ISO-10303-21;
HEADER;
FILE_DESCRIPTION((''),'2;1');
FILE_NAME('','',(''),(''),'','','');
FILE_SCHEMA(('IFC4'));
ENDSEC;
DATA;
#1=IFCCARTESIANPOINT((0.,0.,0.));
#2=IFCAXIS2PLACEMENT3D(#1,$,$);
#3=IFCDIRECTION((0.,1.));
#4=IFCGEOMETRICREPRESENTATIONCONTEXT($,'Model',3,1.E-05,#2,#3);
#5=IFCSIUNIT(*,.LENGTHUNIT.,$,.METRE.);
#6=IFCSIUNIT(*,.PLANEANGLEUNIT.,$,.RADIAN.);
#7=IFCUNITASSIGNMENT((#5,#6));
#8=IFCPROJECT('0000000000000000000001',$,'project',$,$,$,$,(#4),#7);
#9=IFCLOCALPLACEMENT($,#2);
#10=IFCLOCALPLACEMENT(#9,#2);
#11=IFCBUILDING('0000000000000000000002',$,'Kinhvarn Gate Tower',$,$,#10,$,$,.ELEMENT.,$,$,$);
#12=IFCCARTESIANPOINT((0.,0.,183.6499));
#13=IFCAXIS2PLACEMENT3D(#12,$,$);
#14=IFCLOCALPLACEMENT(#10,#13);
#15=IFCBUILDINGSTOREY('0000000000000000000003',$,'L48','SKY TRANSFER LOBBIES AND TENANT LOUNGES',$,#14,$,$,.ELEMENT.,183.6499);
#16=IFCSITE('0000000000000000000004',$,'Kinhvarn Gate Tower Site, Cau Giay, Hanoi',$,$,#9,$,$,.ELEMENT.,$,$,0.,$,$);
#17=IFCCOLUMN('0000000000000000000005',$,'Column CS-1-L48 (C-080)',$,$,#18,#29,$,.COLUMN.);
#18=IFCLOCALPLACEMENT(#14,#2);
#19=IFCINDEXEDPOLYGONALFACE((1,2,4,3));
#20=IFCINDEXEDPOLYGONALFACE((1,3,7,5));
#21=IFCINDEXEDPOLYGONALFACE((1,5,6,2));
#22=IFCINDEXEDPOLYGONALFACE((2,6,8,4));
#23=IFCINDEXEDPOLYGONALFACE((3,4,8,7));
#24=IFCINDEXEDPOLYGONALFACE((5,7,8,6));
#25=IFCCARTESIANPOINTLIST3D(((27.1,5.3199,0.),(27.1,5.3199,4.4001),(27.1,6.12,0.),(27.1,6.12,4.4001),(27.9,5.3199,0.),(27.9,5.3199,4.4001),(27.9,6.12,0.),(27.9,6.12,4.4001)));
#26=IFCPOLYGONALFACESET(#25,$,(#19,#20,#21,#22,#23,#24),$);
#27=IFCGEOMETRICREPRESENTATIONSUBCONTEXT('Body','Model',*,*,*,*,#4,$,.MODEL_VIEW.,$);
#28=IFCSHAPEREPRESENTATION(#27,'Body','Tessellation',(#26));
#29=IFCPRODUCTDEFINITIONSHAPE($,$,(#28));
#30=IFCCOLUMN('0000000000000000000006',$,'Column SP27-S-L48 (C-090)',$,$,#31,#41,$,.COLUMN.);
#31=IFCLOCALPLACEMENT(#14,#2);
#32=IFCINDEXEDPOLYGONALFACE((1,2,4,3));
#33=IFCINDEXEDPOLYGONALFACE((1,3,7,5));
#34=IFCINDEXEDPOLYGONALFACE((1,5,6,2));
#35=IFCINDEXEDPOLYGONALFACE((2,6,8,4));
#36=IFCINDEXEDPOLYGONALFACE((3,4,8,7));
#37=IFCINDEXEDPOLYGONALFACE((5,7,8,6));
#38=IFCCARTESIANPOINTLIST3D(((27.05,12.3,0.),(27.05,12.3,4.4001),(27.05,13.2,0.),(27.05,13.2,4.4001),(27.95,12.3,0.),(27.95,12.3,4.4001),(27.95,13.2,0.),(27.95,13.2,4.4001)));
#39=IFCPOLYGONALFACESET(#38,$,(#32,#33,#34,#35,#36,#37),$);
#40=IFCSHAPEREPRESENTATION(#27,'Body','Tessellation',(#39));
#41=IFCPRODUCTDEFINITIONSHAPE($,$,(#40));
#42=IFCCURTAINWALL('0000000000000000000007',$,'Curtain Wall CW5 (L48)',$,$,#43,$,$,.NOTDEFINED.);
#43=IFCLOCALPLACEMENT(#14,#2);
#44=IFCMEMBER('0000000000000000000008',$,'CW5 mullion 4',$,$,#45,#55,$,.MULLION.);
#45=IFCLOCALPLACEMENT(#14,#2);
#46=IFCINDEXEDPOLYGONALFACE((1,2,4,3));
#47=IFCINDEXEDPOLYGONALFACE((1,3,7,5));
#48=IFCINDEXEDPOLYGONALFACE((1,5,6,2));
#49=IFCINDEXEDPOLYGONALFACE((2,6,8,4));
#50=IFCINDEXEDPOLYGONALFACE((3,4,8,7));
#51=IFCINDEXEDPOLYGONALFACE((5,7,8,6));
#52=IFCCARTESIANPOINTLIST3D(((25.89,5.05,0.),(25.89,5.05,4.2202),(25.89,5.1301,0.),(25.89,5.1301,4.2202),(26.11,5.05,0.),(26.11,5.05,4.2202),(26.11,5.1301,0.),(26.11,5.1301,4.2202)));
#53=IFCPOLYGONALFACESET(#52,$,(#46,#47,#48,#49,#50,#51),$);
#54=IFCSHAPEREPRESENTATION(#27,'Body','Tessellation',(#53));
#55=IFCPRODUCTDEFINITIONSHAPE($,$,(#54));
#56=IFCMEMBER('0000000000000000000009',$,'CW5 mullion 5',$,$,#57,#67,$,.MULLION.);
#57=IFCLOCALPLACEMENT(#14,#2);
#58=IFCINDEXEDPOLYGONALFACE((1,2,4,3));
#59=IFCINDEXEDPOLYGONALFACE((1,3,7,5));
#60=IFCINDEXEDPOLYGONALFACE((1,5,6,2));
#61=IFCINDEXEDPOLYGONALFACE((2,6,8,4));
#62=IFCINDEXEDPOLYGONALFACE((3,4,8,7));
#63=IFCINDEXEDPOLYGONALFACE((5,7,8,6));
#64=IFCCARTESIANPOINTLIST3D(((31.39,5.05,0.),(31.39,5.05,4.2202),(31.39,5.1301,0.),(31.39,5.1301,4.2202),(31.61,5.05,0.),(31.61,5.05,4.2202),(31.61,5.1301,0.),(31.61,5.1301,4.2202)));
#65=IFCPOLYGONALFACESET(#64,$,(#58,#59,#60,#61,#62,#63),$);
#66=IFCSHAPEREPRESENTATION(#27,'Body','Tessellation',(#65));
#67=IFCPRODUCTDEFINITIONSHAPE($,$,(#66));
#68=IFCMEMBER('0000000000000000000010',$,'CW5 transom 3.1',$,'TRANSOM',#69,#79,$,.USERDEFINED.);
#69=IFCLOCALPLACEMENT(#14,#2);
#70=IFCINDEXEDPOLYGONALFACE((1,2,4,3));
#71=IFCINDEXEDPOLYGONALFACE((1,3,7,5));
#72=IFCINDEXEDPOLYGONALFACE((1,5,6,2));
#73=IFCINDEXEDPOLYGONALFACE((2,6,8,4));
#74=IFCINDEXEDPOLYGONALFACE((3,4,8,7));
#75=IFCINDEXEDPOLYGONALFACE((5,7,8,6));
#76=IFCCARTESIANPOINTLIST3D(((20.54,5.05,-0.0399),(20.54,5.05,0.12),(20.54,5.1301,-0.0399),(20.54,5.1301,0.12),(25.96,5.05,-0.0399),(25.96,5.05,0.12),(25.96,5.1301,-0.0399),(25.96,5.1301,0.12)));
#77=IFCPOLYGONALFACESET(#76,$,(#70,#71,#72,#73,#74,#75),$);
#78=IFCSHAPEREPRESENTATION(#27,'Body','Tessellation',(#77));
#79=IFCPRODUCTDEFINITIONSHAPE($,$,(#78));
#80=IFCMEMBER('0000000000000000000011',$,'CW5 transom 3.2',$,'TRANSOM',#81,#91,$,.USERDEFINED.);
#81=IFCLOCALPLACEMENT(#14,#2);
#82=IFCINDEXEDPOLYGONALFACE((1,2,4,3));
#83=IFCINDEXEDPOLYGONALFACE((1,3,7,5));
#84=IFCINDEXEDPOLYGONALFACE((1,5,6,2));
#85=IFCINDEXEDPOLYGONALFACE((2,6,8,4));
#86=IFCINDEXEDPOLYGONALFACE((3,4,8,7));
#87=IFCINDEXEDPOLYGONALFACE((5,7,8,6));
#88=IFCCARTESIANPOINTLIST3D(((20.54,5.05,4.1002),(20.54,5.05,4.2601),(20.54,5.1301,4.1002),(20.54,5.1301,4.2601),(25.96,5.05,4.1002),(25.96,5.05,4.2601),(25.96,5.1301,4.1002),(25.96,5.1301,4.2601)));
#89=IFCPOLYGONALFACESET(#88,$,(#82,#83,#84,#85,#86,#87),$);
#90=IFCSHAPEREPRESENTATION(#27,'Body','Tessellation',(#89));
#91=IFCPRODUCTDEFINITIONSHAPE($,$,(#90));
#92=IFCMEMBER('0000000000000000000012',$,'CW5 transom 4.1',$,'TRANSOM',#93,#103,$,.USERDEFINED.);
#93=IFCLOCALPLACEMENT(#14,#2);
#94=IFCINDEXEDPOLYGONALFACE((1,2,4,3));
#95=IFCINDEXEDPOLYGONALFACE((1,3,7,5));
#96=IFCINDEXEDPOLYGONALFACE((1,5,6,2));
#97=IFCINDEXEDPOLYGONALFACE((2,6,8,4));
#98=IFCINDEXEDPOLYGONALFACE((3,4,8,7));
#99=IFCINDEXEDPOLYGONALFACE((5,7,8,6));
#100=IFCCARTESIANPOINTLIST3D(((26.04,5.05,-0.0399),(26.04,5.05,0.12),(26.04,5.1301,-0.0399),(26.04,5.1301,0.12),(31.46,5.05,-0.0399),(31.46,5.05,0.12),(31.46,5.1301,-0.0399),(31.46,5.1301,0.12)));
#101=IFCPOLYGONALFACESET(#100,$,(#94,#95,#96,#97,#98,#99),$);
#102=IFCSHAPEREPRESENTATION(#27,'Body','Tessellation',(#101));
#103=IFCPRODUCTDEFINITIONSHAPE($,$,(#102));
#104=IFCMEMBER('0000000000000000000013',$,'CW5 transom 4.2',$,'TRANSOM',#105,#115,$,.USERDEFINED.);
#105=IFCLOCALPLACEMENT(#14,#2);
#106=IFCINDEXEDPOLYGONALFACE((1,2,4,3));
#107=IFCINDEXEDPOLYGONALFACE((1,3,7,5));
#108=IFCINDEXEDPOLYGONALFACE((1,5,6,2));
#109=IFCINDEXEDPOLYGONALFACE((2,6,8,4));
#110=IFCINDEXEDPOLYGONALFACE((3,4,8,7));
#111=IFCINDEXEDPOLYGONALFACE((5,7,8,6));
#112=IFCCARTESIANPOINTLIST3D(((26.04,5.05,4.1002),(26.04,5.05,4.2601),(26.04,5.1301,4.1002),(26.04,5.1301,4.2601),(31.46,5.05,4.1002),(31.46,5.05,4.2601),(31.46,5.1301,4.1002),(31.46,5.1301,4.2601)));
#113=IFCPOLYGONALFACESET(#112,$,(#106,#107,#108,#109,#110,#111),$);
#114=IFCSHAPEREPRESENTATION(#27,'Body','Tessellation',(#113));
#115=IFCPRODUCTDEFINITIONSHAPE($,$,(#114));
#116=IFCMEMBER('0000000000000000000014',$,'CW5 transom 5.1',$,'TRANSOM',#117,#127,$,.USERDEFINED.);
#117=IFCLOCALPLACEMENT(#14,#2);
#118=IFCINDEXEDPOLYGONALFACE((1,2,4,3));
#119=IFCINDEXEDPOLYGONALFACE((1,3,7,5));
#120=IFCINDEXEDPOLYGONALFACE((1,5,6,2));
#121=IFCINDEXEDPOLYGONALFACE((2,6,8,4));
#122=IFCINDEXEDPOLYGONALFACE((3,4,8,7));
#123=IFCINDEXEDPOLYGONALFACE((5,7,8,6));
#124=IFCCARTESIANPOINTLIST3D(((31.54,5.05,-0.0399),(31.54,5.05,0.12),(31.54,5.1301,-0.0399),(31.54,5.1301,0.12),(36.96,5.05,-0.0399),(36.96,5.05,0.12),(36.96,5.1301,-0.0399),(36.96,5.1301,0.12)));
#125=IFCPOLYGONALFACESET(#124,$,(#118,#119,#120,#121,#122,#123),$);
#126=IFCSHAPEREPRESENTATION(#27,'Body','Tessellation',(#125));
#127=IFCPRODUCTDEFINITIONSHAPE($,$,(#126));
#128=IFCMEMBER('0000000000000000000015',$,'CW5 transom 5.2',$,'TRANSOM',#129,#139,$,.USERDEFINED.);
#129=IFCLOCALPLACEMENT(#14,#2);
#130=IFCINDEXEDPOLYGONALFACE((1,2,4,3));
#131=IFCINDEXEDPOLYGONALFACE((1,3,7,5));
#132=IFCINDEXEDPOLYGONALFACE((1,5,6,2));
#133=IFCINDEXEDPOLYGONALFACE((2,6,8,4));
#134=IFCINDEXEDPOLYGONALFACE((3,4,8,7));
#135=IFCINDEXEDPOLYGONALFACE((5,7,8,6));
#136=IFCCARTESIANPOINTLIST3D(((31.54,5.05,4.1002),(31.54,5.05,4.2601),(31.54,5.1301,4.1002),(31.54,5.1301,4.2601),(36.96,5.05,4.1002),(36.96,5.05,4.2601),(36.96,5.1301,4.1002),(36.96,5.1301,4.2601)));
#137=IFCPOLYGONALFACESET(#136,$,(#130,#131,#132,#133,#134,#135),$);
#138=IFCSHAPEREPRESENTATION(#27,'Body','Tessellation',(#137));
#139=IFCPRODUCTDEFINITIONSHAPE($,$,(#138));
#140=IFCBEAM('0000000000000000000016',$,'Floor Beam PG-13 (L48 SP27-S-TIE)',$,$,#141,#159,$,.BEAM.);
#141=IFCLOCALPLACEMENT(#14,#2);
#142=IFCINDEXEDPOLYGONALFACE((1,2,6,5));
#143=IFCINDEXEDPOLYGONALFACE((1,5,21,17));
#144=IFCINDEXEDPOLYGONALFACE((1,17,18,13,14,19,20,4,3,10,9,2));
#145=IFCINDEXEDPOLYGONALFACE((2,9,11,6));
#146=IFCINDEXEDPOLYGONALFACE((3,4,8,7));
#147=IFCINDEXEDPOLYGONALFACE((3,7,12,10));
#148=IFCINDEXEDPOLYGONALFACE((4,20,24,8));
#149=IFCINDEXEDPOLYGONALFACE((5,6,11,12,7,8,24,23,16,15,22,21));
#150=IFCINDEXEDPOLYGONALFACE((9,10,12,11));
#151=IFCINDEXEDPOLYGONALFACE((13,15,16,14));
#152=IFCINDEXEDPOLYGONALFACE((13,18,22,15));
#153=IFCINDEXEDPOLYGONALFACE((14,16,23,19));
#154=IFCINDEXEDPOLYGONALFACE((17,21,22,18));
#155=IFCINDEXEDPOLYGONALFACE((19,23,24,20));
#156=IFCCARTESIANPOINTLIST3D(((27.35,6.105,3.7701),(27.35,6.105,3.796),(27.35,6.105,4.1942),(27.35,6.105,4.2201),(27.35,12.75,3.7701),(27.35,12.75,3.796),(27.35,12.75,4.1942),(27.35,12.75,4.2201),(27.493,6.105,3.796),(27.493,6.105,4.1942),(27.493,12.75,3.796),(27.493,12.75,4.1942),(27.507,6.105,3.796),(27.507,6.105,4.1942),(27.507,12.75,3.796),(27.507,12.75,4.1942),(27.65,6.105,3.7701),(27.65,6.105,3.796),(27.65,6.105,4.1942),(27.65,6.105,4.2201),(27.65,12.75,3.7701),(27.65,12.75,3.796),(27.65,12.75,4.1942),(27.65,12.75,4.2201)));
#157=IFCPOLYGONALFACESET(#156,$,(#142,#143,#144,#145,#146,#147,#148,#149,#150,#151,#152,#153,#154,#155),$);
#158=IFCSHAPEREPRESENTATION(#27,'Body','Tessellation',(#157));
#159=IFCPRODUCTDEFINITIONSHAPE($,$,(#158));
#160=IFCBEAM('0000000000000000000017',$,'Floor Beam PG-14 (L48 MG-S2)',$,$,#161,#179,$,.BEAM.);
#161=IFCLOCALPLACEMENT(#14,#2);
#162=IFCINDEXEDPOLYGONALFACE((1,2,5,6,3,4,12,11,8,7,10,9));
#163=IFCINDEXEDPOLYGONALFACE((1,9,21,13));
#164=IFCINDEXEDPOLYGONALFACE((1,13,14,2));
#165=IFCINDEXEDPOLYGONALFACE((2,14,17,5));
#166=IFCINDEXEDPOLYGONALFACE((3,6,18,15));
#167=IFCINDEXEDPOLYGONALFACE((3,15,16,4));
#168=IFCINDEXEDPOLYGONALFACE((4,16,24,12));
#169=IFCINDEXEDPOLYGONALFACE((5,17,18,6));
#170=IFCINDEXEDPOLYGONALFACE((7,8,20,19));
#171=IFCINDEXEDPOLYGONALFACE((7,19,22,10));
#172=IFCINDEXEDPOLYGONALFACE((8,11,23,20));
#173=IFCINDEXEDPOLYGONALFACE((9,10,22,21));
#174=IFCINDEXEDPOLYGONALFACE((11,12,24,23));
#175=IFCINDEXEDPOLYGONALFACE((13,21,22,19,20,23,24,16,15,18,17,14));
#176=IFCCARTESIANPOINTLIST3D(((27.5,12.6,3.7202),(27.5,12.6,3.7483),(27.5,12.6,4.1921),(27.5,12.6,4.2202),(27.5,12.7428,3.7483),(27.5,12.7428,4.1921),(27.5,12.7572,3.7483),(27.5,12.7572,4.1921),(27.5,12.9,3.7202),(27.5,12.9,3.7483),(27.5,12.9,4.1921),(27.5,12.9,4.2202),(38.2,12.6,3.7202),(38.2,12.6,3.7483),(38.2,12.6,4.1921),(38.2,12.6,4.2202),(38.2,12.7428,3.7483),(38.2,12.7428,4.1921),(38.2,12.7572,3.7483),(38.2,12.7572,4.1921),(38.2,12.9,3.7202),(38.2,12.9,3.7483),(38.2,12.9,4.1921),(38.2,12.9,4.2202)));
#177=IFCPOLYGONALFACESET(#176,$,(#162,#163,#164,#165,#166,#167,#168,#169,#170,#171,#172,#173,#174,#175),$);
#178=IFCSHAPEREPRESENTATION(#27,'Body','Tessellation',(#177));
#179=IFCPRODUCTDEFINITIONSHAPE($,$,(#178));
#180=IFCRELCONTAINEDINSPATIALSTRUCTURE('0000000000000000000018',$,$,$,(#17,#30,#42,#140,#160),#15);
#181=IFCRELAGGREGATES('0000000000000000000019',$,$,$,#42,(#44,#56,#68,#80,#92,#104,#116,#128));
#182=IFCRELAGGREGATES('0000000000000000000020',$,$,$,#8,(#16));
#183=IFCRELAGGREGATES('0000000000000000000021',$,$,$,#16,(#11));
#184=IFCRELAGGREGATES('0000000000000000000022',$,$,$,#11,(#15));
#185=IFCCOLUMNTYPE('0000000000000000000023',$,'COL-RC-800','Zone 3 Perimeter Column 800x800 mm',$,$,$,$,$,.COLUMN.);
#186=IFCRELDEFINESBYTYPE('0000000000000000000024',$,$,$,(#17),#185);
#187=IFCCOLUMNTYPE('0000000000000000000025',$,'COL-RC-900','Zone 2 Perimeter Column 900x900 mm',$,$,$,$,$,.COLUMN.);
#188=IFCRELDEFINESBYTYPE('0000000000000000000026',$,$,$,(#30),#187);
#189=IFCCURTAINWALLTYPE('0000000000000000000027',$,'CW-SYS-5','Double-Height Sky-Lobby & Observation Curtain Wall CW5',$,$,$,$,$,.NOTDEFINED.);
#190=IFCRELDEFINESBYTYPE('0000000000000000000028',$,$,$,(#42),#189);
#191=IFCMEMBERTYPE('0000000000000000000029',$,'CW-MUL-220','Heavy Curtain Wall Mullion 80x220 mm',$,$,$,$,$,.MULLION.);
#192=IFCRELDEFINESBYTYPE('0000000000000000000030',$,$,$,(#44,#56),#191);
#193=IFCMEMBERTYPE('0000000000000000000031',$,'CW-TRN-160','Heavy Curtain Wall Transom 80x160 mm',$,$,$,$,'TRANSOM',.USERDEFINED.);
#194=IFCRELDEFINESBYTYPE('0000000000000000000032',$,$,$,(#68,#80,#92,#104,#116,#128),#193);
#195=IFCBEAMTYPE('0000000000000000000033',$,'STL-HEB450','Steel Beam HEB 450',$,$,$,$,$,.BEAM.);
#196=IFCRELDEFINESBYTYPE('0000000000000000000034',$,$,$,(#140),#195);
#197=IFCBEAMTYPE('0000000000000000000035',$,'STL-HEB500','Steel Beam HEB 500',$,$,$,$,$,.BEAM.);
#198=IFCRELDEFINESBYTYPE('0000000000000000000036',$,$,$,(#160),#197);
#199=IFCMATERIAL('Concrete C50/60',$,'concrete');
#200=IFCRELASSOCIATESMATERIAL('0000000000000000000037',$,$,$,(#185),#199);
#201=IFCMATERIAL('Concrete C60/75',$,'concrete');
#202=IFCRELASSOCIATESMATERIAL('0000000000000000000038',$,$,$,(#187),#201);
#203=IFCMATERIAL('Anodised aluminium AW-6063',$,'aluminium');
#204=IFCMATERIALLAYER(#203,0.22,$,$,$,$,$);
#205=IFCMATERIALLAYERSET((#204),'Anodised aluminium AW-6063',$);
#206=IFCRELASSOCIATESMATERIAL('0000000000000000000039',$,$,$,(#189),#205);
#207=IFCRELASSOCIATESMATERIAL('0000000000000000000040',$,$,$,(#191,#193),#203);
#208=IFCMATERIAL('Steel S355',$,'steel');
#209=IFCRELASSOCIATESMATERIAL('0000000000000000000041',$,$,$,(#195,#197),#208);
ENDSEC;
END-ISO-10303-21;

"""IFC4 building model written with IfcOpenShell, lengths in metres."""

from ifc_helpers import new_model, si_unit, direction, frame, origin, origin_2d, place, context, subcontext, project, spatial, rectangle, i_section, extrude, material, layer, layer_set, material_profile, profile_set, type_object, element, aggregate, save


model = new_model("IFC4")

# Units and contexts
model_context = context("Model", 3, precision=1e-05, world=origin(), true_north=direction((0.0, 1.0)))
body_context = subcontext(model_context, "Body", "Model", "MODEL_VIEW")
ifc_project = project(units=[si_unit("LENGTHUNIT", "METRE"), si_unit("PLANEANGLEUNIT", "RADIAN")], contexts=[model_context])

# Site, building, storey
site_placement = place(None, origin())
site = spatial("IfcSite", under=ifc_project, at=site_placement, Name="Kinhvarn Gate Tower Site, Cau Giay, Hanoi", CompositionType="ELEMENT", RefElevation=0.0)
building_placement = place(site_placement, origin())
building = spatial("IfcBuilding", under=site, at=building_placement, Name="Kinhvarn Gate Tower", CompositionType="ELEMENT")
storey_placement = place(building_placement, frame((0.0, 0.0, 183.6499)))
storey = spatial("IfcBuildingStorey", under=building, at=storey_placement, Name="L48", Description="SKY TRANSFER LOBBIES AND TENANT LOUNGES", CompositionType="ELEMENT", Elevation=183.6499)

# Columns
ifc_material_1 = material(Name="Concrete C50/60", Category="concrete")
ifc_material_profile_1 = material_profile(ifc_material_1, rectangle(XDim=0.8, YDim=0.8, at=origin_2d()), Name="RC 800x800")
ifc_profile_set_1 = profile_set([ifc_material_profile_1], Name="Concrete C50/60")
column_type_1 = type_object("IfcColumnType", Name="COL-RC-800", Description="Zone 3 Perimeter Column 800x800 mm", PredefinedType="COLUMN", material=ifc_profile_set_1)
column_1_placement = place(storey_placement, frame((27.5, 5.72, 0.0), z_axis=(0.0, 0.0, 1.0), x_axis=(1.0, 0.0, 0.0)))
element("IfcColumn", 1, at=column_1_placement, inside=storey, type_object=column_type_1, Name="Column CS-1-L48 (C-080)", PredefinedType="COLUMN", context=body_context, shape_type="SweptSolid", body=[
    extrude(rectangle(XDim=0.8, YDim=0.8, at=origin_2d()), origin(), (0.0, 0.0, 1.0), 4.4001),
])
ifc_material_2 = material(Name="Concrete C60/75", Category="concrete")
ifc_material_profile_2 = material_profile(ifc_material_2, rectangle(XDim=0.8999, YDim=0.8999, at=origin_2d()), Name="RC 900x900")
ifc_profile_set_2 = profile_set([ifc_material_profile_2], Name="Concrete C60/75")
column_type_2 = type_object("IfcColumnType", Name="COL-RC-900", Description="Zone 2 Perimeter Column 900x900 mm", PredefinedType="COLUMN", material=ifc_profile_set_2)
column_2_placement = place(storey_placement, frame((27.5, 12.75, 0.0), z_axis=(0.0, 0.0, 1.0), x_axis=(1.0, 0.0, 0.0)))
element("IfcColumn", 2, at=column_2_placement, inside=storey, type_object=column_type_2, Name="Column SP27-S-L48 (C-090)", PredefinedType="COLUMN", context=body_context, shape_type="SweptSolid", body=[
    extrude(rectangle(XDim=0.8999, YDim=0.8999, at=origin_2d()), origin(), (0.0, 0.0, 1.0), 4.4001),
])

# Curtain wall, members
ifc_material_3 = material(Name="Anodised aluminium AW-6063", Category="aluminium")
ifc_layer_1 = layer(ifc_material_3, 0.22)
ifc_layer_set_1 = layer_set([ifc_layer_1], Name="Anodised aluminium AW-6063")
curtain_wall_type = type_object("IfcCurtainWallType", Name="CW-SYS-5", Description="Double-Height Sky-Lobby & Observation Curtain Wall CW5", PredefinedType="NOTDEFINED", material=ifc_layer_set_1)
curtain_wall_placement = place(storey_placement, origin())
curtain_wall = element("IfcCurtainWall", 3, at=curtain_wall_placement, inside=storey, type_object=curtain_wall_type, Name="Curtain Wall CW5 (L48)", PredefinedType="NOTDEFINED")
ifc_material_profile_3 = material_profile(ifc_material_3, rectangle(XDim=0.0801, YDim=0.22, at=origin_2d()), Name="ALU 80x220")
ifc_profile_set_3 = profile_set([ifc_material_profile_3], Name="Anodised aluminium AW-6063")
member_type_1 = type_object("IfcMemberType", Name="CW-MUL-220", Description="Heavy Curtain Wall Mullion 80x220 mm", PredefinedType="MULLION", material=ifc_profile_set_3)
member_1_placement = place(storey_placement, frame((26.0, 5.0901, 0.0), z_axis=(0.0, 0.0, 1.0), x_axis=(0.0, 1.0, 0.0)))
member_1 = element("IfcMember", 4, at=member_1_placement, type_object=member_type_1, Name="CW5 mullion 4", PredefinedType="MULLION", context=body_context, shape_type="SweptSolid", body=[
    extrude(rectangle(XDim=0.0801, YDim=0.22, at=origin_2d()), origin(), (0.0, 0.0, 1.0), 4.2202),
])
member_2_placement = place(storey_placement, frame((31.5, 5.0901, 0.0), z_axis=(0.0, 0.0, 1.0), x_axis=(0.0, 1.0, 0.0)))
member_2 = element("IfcMember", 5, at=member_2_placement, type_object=member_type_1, Name="CW5 mullion 5", PredefinedType="MULLION", context=body_context, shape_type="SweptSolid", body=[
    extrude(rectangle(XDim=0.0801, YDim=0.22, at=origin_2d()), origin(), (0.0, 0.0, 1.0), 4.2202),
])
ifc_material_profile_4 = material_profile(ifc_material_3, rectangle(XDim=0.0801, YDim=0.1599, at=origin_2d()), Name="ALU 80x160")
ifc_profile_set_4 = profile_set([ifc_material_profile_4], Name="Anodised aluminium AW-6063")
member_type_2 = type_object("IfcMemberType", Name="CW-TRN-160", Description="Heavy Curtain Wall Transom 80x160 mm", ElementType="TRANSOM", PredefinedType="USERDEFINED", material=ifc_profile_set_4)
member_3_placement = place(storey_placement, frame((20.54, 5.0901, 0.04), z_axis=(1.0, 0.0, 0.0), x_axis=(0.0, 1.0, 0.0)))
member_3 = element("IfcMember", 6, at=member_3_placement, type_object=member_type_2, Name="CW5 transom 3.1", ObjectType="TRANSOM", PredefinedType="USERDEFINED", context=body_context, shape_type="SweptSolid", body=[
    extrude(rectangle(XDim=0.0801, YDim=0.1599, at=origin_2d()), origin(), (0.0, 0.0, 1.0), 5.4199),
])
member_4_placement = place(storey_placement, frame((20.54, 5.0901, 4.1802), z_axis=(1.0, 0.0, 0.0), x_axis=(0.0, 1.0, 0.0)))
member_4 = element("IfcMember", 7, at=member_4_placement, type_object=member_type_2, Name="CW5 transom 3.2", ObjectType="TRANSOM", PredefinedType="USERDEFINED", context=body_context, shape_type="SweptSolid", body=[
    extrude(rectangle(XDim=0.0801, YDim=0.1599, at=origin_2d()), origin(), (0.0, 0.0, 1.0), 5.4199),
])
member_5_placement = place(storey_placement, frame((26.04, 5.0901, 0.04), z_axis=(1.0, 0.0, 0.0), x_axis=(0.0, 1.0, 0.0)))
member_5 = element("IfcMember", 8, at=member_5_placement, type_object=member_type_2, Name="CW5 transom 4.1", ObjectType="TRANSOM", PredefinedType="USERDEFINED", context=body_context, shape_type="SweptSolid", body=[
    extrude(rectangle(XDim=0.0801, YDim=0.1599, at=origin_2d()), origin(), (0.0, 0.0, 1.0), 5.4199),
])
member_6_placement = place(storey_placement, frame((26.04, 5.0901, 4.1802), z_axis=(1.0, 0.0, 0.0), x_axis=(0.0, 1.0, 0.0)))
member_6 = element("IfcMember", 9, at=member_6_placement, type_object=member_type_2, Name="CW5 transom 4.2", ObjectType="TRANSOM", PredefinedType="USERDEFINED", context=body_context, shape_type="SweptSolid", body=[
    extrude(rectangle(XDim=0.0801, YDim=0.1599, at=origin_2d()), origin(), (0.0, 0.0, 1.0), 5.4199),
])
member_7_placement = place(storey_placement, frame((31.54, 5.0901, 0.04), z_axis=(1.0, 0.0, 0.0), x_axis=(0.0, 1.0, 0.0)))
member_7 = element("IfcMember", 10, at=member_7_placement, type_object=member_type_2, Name="CW5 transom 5.1", ObjectType="TRANSOM", PredefinedType="USERDEFINED", context=body_context, shape_type="SweptSolid", body=[
    extrude(rectangle(XDim=0.0801, YDim=0.1599, at=origin_2d()), origin(), (0.0, 0.0, 1.0), 5.4199),
])
member_8_placement = place(storey_placement, frame((31.54, 5.0901, 4.1802), z_axis=(1.0, 0.0, 0.0), x_axis=(0.0, 1.0, 0.0)))
member_8 = element("IfcMember", 11, at=member_8_placement, type_object=member_type_2, Name="CW5 transom 5.2", ObjectType="TRANSOM", PredefinedType="USERDEFINED", context=body_context, shape_type="SweptSolid", body=[
    extrude(rectangle(XDim=0.0801, YDim=0.1599, at=origin_2d()), origin(), (0.0, 0.0, 1.0), 5.4199),
])

# Beams
ifc_material_4 = material(Name="Steel S355", Category="steel")
ifc_material_profile_5 = material_profile(ifc_material_4, i_section(OverallWidth=0.3, OverallDepth=0.45, WebThickness=0.0139, FlangeThickness=0.0259, at=origin_2d()), Name="HEB 450")
ifc_profile_set_5 = profile_set([ifc_material_profile_5], Name="Steel S355")
beam_type_1 = type_object("IfcBeamType", Name="STL-HEB450", Description="Steel Beam HEB 450", PredefinedType="BEAM", material=ifc_profile_set_5)
beam_1_placement = place(storey_placement, frame((27.5, 6.105, 3.9951), z_axis=(0.0, 1.0, 0.0), x_axis=(-1.0, 0.0, 0.0)))
element("IfcBeam", 12, at=beam_1_placement, inside=storey, type_object=beam_type_1, Name="Floor Beam PG-13 (L48 SP27-S-TIE)", PredefinedType="BEAM", context=body_context, shape_type="SweptSolid", body=[
    extrude(i_section(OverallWidth=0.3, OverallDepth=0.45, WebThickness=0.0139, FlangeThickness=0.0259, at=origin_2d()), origin(), (0.0, 0.0, 1.0), 6.645),
])
ifc_material_profile_6 = material_profile(ifc_material_4, i_section(OverallWidth=0.3, OverallDepth=0.5, WebThickness=0.0144, FlangeThickness=0.0281, at=origin_2d()), Name="HEB 500")
ifc_profile_set_6 = profile_set([ifc_material_profile_6], Name="Steel S355")
beam_type_2 = type_object("IfcBeamType", Name="STL-HEB500", Description="Steel Beam HEB 500", PredefinedType="BEAM", material=ifc_profile_set_6)
beam_2_placement = place(storey_placement, frame((27.5, 12.75, 3.9702), z_axis=(1.0, 0.0, 0.0), x_axis=(0.0, 1.0, 0.0)))
element("IfcBeam", 13, at=beam_2_placement, inside=storey, type_object=beam_type_2, Name="Floor Beam PG-14 (L48 MG-S2)", PredefinedType="BEAM", context=body_context, shape_type="SweptSolid", body=[
    extrude(i_section(OverallWidth=0.3, OverallDepth=0.5, WebThickness=0.0144, FlangeThickness=0.0281, at=origin_2d()), origin(), (0.0, 0.0, 1.0), 10.7),
])

aggregate(curtain_wall, [member_1, member_2, member_3, member_4, member_5, member_6, member_7, member_8])

save(model, "model.ifc")
